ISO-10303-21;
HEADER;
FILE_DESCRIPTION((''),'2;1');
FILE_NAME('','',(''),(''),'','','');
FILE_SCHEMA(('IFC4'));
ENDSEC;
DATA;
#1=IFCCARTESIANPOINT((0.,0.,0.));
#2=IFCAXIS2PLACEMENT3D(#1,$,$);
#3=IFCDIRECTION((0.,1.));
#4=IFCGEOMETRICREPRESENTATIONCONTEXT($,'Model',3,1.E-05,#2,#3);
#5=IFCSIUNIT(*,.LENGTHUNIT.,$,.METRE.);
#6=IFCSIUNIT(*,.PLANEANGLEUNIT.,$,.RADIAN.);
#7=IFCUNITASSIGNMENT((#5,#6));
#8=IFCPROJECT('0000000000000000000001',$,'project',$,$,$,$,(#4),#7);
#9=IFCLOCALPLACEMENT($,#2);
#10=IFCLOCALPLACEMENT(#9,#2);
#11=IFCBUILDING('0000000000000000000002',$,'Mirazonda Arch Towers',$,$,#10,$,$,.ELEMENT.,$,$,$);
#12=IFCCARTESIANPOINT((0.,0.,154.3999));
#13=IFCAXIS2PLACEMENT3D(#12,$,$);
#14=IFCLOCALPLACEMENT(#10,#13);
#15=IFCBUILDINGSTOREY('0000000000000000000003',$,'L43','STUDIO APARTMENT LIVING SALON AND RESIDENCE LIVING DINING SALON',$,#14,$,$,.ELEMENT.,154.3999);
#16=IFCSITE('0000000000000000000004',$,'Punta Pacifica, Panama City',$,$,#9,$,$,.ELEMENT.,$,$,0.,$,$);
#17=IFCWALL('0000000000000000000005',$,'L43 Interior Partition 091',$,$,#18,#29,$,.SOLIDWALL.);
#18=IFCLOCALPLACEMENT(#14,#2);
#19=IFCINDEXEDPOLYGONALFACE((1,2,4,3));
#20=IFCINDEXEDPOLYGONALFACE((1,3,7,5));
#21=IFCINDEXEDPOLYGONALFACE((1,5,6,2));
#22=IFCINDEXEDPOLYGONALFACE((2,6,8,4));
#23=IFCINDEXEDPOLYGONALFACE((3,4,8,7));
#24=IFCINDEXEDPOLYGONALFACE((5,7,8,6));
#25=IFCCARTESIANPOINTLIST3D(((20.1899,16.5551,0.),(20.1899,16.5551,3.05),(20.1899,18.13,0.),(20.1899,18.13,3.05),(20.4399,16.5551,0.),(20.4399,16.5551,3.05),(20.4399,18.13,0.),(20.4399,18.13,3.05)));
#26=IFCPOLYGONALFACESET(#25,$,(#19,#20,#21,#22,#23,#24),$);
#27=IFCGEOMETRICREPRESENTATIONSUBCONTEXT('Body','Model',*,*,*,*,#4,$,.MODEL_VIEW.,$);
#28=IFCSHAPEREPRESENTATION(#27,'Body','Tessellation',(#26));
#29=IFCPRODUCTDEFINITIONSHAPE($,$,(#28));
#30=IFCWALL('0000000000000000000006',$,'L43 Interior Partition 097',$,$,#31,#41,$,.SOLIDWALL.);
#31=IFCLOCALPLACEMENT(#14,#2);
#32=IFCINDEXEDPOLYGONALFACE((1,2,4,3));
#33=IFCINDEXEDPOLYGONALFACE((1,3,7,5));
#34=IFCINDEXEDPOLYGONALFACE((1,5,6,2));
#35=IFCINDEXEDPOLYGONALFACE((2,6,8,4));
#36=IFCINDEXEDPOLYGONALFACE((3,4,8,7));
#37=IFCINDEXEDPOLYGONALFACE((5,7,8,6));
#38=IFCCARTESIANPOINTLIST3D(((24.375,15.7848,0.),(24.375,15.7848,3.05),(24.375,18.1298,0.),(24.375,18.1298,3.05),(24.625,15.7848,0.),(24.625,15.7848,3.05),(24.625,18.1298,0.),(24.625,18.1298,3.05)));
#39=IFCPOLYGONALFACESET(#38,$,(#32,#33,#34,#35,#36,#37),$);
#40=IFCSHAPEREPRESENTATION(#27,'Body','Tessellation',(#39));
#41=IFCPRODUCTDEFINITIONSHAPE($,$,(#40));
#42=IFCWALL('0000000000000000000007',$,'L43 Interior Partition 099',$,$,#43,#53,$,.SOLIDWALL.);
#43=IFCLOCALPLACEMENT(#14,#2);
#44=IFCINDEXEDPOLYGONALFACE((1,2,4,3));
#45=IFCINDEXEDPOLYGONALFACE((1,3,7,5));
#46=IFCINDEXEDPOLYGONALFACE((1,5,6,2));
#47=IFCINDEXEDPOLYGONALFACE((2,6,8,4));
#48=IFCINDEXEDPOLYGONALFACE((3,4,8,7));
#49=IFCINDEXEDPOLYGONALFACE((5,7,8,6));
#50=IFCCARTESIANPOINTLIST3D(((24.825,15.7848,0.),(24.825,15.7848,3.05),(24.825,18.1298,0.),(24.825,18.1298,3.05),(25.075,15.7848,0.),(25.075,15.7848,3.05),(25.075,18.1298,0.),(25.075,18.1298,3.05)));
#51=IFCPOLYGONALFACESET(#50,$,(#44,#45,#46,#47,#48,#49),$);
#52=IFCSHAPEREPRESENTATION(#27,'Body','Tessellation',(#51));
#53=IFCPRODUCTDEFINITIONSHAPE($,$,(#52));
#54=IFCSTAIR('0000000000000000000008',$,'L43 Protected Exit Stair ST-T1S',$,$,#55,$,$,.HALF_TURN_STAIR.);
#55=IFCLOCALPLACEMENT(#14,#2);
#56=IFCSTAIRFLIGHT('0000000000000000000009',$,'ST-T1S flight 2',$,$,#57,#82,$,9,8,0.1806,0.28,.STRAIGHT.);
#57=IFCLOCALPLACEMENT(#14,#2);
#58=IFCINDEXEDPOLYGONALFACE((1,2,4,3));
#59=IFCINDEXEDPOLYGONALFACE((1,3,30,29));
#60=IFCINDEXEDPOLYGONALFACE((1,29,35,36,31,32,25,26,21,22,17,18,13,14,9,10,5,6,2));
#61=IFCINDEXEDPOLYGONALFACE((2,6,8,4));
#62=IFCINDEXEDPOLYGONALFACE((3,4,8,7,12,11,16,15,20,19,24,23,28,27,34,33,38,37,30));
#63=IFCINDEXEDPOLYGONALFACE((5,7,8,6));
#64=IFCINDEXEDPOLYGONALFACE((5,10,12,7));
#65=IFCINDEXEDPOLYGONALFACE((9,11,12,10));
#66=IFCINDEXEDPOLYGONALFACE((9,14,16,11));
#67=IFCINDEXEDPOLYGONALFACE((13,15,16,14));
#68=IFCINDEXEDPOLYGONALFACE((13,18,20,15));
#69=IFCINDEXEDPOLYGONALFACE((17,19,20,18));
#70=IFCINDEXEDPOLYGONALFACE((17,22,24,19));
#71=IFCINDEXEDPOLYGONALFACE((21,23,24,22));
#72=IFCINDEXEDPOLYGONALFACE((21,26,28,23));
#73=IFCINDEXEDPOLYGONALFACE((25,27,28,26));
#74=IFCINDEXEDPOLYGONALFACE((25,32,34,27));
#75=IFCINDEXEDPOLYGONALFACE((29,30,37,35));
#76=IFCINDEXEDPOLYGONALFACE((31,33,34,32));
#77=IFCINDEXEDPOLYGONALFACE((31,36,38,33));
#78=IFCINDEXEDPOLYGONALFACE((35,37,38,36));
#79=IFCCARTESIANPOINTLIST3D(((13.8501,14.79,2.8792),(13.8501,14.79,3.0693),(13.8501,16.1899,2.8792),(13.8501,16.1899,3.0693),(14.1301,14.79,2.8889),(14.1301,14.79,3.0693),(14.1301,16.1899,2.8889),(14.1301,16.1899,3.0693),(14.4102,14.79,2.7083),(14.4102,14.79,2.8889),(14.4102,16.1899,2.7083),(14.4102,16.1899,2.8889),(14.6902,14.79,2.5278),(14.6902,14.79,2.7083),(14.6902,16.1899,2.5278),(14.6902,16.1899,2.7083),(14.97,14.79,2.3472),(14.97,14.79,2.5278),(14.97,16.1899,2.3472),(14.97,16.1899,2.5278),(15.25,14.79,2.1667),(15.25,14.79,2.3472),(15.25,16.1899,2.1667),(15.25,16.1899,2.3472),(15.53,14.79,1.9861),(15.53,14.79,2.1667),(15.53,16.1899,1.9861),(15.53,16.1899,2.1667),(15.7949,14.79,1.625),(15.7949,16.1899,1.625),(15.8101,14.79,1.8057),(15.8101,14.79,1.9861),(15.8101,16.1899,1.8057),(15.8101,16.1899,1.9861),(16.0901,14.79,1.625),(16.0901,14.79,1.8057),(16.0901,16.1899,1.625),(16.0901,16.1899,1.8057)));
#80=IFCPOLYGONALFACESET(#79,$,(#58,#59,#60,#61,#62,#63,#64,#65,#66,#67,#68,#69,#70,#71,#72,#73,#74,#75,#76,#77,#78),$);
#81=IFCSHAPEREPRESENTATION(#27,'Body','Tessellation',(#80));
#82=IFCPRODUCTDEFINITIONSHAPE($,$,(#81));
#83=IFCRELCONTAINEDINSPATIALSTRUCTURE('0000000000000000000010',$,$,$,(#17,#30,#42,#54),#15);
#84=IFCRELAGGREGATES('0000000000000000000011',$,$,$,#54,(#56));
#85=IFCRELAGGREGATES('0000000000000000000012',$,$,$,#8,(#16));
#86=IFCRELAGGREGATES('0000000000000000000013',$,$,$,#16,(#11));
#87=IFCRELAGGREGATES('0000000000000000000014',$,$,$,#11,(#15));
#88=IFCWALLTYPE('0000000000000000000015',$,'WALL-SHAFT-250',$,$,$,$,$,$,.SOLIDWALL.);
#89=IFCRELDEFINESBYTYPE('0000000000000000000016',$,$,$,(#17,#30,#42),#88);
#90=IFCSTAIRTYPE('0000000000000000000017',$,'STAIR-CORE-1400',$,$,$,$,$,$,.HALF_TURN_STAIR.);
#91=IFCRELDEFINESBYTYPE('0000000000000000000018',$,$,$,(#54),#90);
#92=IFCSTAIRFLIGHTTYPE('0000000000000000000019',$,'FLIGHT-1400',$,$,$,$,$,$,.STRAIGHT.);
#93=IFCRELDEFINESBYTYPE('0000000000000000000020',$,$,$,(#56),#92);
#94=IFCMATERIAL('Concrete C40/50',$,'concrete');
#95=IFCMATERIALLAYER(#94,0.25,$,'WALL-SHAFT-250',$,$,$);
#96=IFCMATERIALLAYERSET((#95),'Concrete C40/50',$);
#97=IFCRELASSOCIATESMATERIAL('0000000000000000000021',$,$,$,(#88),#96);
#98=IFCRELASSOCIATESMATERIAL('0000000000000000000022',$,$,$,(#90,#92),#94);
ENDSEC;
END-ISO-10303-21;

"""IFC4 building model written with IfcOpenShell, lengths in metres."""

from ifc_helpers import new_model, si_unit, direction, frame, frame_2d, origin, place, context, subcontext, project, spatial, polyline, rectangle, outline, extrude, material, layer, layer_set, type_object, element, aggregate, save


model = new_model("IFC4")

# Units and contexts
model_context = context("Model", 3, precision=1e-05, world=origin(), true_north=direction((0.0, 1.0)))
body_context = subcontext(model_context, "Body", "Model", "MODEL_VIEW")
ifc_project = project(units=[si_unit("LENGTHUNIT", "METRE"), si_unit("PLANEANGLEUNIT", "RADIAN")], contexts=[model_context])

# Site, building, storey
site_placement = place(None, origin())
site = spatial("IfcSite", under=ifc_project, at=site_placement, Name="Punta Pacifica, Panama City", CompositionType="ELEMENT", RefElevation=0.0)
building_placement = place(site_placement, origin())
building = spatial("IfcBuilding", under=site, at=building_placement, Name="Mirazonda Arch Towers", CompositionType="ELEMENT")
storey_placement = place(building_placement, frame((0.0, 0.0, 154.3999)))
storey = spatial("IfcBuildingStorey", under=building, at=storey_placement, Name="L43", Description="STUDIO APARTMENT LIVING SALON AND RESIDENCE LIVING DINING SALON", CompositionType="ELEMENT", Elevation=154.3999)

# Walls
ifc_material_1 = material(Name="Concrete C40/50", Category="concrete")
ifc_layer_1 = layer(ifc_material_1, 0.25, Name="WALL-SHAFT-250")
ifc_layer_set_1 = layer_set([ifc_layer_1], Name="Concrete C40/50")
wall_type_1 = type_object("IfcWallType", Name="WALL-SHAFT-250", PredefinedType="SOLIDWALL", material=ifc_layer_set_1)
wall_1_placement = place(storey_placement, frame((20.3149, 16.5549, 0.0), z_axis=(0.0, 0.0, 1.0), x_axis=(0.0, 1.0, 0.0)))
element("IfcWall", 1, at=wall_1_placement, inside=storey, type_object=wall_type_1, Name="L43 Interior Partition 091", PredefinedType="SOLIDWALL", context=body_context, shape_type="SweptSolid", body=[
    extrude(rectangle(XDim=1.575, YDim=0.25, at=frame_2d((0.7876, 0.0))), origin(), (0.0, 0.0, 1.0), 3.05),
])
for number, where, z_axis, x_axis, name in (
    (2, (24.5, 15.7849, 0.0), (0.0, 0.0, 1.0), (0.0, 1.0, 0.0), "L43 Interior Partition 097"),
    (3, (24.95, 15.7849, 0.0), (0.0, 0.0, 1.0), (0.0, 1.0, 0.0), "L43 Interior Partition 099"),
):
    element("IfcWall", number, at=place(storey_placement, frame(where, z_axis=z_axis, x_axis=x_axis)), inside=storey, type_object=wall_type_1, Name=name, PredefinedType="SOLIDWALL", context=body_context, shape_type="SweptSolid", body=[
        extrude(rectangle(XDim=2.345, YDim=0.25, at=frame_2d((1.1724, 0.0))), origin(), (0.0, 0.0, 1.0), 3.05),
    ])

# Stair, stair flight
stair_type = type_object("IfcStairType", Name="STAIR-CORE-1400", PredefinedType="HALF_TURN_STAIR", material=ifc_material_1)
stair_placement = place(storey_placement, origin())
stair = element("IfcStair", 4, at=stair_placement, inside=storey, type_object=stair_type, Name="L43 Protected Exit Stair ST-T1S", PredefinedType="HALF_TURN_STAIR")
stair_flight_type = type_object("IfcStairFlightType", Name="FLIGHT-1400", PredefinedType="STRAIGHT", material=ifc_material_1)
stair_flight_placement = place(storey_placement, frame((16.0901, 15.49, 1.625), z_axis=(0.0, 0.0, 1.0), x_axis=(-1.0, 0.0, 0.0)))
stair_flight = element("IfcStairFlight", 5, at=stair_flight_placement, type_object=stair_flight_type, Name="ST-T1S flight 2", NumberOfRisers=9, NumberOfTreads=8, PredefinedType="STRAIGHT", RiserHeight=0.1806, TreadLength=0.28, context=body_context, shape_type="SweptSolid", body=[
    extrude(outline(polyline([(0.0, 0.0), (0.0, 0.1807), (0.28, 0.1807), (0.28, 0.3611), (0.5601, 0.3611), (0.5601, 0.5417), (0.8401, 0.5417), (0.8401, 0.7222), (1.1201, 0.7222), (1.1201, 0.9028), (1.3999, 0.9028), (1.3999, 1.0833), (1.6799, 1.0833), (1.6799, 1.2639), (1.96, 1.2639), (1.96, 1.4443), (2.24, 1.4443), (2.24, 1.625), (2.24, 1.2542), (0.2952, 0.0), (0.0, 0.0)])), frame((0.0, 0.7, 0.0), z_axis=(0.0, -1.0, 0.0), x_axis=(1.0, 0.0, 0.0)), (0.0, 0.0, 1.0), 1.3999),
])
aggregate(stair, [stair_flight])

save(model, "model.ifc")
